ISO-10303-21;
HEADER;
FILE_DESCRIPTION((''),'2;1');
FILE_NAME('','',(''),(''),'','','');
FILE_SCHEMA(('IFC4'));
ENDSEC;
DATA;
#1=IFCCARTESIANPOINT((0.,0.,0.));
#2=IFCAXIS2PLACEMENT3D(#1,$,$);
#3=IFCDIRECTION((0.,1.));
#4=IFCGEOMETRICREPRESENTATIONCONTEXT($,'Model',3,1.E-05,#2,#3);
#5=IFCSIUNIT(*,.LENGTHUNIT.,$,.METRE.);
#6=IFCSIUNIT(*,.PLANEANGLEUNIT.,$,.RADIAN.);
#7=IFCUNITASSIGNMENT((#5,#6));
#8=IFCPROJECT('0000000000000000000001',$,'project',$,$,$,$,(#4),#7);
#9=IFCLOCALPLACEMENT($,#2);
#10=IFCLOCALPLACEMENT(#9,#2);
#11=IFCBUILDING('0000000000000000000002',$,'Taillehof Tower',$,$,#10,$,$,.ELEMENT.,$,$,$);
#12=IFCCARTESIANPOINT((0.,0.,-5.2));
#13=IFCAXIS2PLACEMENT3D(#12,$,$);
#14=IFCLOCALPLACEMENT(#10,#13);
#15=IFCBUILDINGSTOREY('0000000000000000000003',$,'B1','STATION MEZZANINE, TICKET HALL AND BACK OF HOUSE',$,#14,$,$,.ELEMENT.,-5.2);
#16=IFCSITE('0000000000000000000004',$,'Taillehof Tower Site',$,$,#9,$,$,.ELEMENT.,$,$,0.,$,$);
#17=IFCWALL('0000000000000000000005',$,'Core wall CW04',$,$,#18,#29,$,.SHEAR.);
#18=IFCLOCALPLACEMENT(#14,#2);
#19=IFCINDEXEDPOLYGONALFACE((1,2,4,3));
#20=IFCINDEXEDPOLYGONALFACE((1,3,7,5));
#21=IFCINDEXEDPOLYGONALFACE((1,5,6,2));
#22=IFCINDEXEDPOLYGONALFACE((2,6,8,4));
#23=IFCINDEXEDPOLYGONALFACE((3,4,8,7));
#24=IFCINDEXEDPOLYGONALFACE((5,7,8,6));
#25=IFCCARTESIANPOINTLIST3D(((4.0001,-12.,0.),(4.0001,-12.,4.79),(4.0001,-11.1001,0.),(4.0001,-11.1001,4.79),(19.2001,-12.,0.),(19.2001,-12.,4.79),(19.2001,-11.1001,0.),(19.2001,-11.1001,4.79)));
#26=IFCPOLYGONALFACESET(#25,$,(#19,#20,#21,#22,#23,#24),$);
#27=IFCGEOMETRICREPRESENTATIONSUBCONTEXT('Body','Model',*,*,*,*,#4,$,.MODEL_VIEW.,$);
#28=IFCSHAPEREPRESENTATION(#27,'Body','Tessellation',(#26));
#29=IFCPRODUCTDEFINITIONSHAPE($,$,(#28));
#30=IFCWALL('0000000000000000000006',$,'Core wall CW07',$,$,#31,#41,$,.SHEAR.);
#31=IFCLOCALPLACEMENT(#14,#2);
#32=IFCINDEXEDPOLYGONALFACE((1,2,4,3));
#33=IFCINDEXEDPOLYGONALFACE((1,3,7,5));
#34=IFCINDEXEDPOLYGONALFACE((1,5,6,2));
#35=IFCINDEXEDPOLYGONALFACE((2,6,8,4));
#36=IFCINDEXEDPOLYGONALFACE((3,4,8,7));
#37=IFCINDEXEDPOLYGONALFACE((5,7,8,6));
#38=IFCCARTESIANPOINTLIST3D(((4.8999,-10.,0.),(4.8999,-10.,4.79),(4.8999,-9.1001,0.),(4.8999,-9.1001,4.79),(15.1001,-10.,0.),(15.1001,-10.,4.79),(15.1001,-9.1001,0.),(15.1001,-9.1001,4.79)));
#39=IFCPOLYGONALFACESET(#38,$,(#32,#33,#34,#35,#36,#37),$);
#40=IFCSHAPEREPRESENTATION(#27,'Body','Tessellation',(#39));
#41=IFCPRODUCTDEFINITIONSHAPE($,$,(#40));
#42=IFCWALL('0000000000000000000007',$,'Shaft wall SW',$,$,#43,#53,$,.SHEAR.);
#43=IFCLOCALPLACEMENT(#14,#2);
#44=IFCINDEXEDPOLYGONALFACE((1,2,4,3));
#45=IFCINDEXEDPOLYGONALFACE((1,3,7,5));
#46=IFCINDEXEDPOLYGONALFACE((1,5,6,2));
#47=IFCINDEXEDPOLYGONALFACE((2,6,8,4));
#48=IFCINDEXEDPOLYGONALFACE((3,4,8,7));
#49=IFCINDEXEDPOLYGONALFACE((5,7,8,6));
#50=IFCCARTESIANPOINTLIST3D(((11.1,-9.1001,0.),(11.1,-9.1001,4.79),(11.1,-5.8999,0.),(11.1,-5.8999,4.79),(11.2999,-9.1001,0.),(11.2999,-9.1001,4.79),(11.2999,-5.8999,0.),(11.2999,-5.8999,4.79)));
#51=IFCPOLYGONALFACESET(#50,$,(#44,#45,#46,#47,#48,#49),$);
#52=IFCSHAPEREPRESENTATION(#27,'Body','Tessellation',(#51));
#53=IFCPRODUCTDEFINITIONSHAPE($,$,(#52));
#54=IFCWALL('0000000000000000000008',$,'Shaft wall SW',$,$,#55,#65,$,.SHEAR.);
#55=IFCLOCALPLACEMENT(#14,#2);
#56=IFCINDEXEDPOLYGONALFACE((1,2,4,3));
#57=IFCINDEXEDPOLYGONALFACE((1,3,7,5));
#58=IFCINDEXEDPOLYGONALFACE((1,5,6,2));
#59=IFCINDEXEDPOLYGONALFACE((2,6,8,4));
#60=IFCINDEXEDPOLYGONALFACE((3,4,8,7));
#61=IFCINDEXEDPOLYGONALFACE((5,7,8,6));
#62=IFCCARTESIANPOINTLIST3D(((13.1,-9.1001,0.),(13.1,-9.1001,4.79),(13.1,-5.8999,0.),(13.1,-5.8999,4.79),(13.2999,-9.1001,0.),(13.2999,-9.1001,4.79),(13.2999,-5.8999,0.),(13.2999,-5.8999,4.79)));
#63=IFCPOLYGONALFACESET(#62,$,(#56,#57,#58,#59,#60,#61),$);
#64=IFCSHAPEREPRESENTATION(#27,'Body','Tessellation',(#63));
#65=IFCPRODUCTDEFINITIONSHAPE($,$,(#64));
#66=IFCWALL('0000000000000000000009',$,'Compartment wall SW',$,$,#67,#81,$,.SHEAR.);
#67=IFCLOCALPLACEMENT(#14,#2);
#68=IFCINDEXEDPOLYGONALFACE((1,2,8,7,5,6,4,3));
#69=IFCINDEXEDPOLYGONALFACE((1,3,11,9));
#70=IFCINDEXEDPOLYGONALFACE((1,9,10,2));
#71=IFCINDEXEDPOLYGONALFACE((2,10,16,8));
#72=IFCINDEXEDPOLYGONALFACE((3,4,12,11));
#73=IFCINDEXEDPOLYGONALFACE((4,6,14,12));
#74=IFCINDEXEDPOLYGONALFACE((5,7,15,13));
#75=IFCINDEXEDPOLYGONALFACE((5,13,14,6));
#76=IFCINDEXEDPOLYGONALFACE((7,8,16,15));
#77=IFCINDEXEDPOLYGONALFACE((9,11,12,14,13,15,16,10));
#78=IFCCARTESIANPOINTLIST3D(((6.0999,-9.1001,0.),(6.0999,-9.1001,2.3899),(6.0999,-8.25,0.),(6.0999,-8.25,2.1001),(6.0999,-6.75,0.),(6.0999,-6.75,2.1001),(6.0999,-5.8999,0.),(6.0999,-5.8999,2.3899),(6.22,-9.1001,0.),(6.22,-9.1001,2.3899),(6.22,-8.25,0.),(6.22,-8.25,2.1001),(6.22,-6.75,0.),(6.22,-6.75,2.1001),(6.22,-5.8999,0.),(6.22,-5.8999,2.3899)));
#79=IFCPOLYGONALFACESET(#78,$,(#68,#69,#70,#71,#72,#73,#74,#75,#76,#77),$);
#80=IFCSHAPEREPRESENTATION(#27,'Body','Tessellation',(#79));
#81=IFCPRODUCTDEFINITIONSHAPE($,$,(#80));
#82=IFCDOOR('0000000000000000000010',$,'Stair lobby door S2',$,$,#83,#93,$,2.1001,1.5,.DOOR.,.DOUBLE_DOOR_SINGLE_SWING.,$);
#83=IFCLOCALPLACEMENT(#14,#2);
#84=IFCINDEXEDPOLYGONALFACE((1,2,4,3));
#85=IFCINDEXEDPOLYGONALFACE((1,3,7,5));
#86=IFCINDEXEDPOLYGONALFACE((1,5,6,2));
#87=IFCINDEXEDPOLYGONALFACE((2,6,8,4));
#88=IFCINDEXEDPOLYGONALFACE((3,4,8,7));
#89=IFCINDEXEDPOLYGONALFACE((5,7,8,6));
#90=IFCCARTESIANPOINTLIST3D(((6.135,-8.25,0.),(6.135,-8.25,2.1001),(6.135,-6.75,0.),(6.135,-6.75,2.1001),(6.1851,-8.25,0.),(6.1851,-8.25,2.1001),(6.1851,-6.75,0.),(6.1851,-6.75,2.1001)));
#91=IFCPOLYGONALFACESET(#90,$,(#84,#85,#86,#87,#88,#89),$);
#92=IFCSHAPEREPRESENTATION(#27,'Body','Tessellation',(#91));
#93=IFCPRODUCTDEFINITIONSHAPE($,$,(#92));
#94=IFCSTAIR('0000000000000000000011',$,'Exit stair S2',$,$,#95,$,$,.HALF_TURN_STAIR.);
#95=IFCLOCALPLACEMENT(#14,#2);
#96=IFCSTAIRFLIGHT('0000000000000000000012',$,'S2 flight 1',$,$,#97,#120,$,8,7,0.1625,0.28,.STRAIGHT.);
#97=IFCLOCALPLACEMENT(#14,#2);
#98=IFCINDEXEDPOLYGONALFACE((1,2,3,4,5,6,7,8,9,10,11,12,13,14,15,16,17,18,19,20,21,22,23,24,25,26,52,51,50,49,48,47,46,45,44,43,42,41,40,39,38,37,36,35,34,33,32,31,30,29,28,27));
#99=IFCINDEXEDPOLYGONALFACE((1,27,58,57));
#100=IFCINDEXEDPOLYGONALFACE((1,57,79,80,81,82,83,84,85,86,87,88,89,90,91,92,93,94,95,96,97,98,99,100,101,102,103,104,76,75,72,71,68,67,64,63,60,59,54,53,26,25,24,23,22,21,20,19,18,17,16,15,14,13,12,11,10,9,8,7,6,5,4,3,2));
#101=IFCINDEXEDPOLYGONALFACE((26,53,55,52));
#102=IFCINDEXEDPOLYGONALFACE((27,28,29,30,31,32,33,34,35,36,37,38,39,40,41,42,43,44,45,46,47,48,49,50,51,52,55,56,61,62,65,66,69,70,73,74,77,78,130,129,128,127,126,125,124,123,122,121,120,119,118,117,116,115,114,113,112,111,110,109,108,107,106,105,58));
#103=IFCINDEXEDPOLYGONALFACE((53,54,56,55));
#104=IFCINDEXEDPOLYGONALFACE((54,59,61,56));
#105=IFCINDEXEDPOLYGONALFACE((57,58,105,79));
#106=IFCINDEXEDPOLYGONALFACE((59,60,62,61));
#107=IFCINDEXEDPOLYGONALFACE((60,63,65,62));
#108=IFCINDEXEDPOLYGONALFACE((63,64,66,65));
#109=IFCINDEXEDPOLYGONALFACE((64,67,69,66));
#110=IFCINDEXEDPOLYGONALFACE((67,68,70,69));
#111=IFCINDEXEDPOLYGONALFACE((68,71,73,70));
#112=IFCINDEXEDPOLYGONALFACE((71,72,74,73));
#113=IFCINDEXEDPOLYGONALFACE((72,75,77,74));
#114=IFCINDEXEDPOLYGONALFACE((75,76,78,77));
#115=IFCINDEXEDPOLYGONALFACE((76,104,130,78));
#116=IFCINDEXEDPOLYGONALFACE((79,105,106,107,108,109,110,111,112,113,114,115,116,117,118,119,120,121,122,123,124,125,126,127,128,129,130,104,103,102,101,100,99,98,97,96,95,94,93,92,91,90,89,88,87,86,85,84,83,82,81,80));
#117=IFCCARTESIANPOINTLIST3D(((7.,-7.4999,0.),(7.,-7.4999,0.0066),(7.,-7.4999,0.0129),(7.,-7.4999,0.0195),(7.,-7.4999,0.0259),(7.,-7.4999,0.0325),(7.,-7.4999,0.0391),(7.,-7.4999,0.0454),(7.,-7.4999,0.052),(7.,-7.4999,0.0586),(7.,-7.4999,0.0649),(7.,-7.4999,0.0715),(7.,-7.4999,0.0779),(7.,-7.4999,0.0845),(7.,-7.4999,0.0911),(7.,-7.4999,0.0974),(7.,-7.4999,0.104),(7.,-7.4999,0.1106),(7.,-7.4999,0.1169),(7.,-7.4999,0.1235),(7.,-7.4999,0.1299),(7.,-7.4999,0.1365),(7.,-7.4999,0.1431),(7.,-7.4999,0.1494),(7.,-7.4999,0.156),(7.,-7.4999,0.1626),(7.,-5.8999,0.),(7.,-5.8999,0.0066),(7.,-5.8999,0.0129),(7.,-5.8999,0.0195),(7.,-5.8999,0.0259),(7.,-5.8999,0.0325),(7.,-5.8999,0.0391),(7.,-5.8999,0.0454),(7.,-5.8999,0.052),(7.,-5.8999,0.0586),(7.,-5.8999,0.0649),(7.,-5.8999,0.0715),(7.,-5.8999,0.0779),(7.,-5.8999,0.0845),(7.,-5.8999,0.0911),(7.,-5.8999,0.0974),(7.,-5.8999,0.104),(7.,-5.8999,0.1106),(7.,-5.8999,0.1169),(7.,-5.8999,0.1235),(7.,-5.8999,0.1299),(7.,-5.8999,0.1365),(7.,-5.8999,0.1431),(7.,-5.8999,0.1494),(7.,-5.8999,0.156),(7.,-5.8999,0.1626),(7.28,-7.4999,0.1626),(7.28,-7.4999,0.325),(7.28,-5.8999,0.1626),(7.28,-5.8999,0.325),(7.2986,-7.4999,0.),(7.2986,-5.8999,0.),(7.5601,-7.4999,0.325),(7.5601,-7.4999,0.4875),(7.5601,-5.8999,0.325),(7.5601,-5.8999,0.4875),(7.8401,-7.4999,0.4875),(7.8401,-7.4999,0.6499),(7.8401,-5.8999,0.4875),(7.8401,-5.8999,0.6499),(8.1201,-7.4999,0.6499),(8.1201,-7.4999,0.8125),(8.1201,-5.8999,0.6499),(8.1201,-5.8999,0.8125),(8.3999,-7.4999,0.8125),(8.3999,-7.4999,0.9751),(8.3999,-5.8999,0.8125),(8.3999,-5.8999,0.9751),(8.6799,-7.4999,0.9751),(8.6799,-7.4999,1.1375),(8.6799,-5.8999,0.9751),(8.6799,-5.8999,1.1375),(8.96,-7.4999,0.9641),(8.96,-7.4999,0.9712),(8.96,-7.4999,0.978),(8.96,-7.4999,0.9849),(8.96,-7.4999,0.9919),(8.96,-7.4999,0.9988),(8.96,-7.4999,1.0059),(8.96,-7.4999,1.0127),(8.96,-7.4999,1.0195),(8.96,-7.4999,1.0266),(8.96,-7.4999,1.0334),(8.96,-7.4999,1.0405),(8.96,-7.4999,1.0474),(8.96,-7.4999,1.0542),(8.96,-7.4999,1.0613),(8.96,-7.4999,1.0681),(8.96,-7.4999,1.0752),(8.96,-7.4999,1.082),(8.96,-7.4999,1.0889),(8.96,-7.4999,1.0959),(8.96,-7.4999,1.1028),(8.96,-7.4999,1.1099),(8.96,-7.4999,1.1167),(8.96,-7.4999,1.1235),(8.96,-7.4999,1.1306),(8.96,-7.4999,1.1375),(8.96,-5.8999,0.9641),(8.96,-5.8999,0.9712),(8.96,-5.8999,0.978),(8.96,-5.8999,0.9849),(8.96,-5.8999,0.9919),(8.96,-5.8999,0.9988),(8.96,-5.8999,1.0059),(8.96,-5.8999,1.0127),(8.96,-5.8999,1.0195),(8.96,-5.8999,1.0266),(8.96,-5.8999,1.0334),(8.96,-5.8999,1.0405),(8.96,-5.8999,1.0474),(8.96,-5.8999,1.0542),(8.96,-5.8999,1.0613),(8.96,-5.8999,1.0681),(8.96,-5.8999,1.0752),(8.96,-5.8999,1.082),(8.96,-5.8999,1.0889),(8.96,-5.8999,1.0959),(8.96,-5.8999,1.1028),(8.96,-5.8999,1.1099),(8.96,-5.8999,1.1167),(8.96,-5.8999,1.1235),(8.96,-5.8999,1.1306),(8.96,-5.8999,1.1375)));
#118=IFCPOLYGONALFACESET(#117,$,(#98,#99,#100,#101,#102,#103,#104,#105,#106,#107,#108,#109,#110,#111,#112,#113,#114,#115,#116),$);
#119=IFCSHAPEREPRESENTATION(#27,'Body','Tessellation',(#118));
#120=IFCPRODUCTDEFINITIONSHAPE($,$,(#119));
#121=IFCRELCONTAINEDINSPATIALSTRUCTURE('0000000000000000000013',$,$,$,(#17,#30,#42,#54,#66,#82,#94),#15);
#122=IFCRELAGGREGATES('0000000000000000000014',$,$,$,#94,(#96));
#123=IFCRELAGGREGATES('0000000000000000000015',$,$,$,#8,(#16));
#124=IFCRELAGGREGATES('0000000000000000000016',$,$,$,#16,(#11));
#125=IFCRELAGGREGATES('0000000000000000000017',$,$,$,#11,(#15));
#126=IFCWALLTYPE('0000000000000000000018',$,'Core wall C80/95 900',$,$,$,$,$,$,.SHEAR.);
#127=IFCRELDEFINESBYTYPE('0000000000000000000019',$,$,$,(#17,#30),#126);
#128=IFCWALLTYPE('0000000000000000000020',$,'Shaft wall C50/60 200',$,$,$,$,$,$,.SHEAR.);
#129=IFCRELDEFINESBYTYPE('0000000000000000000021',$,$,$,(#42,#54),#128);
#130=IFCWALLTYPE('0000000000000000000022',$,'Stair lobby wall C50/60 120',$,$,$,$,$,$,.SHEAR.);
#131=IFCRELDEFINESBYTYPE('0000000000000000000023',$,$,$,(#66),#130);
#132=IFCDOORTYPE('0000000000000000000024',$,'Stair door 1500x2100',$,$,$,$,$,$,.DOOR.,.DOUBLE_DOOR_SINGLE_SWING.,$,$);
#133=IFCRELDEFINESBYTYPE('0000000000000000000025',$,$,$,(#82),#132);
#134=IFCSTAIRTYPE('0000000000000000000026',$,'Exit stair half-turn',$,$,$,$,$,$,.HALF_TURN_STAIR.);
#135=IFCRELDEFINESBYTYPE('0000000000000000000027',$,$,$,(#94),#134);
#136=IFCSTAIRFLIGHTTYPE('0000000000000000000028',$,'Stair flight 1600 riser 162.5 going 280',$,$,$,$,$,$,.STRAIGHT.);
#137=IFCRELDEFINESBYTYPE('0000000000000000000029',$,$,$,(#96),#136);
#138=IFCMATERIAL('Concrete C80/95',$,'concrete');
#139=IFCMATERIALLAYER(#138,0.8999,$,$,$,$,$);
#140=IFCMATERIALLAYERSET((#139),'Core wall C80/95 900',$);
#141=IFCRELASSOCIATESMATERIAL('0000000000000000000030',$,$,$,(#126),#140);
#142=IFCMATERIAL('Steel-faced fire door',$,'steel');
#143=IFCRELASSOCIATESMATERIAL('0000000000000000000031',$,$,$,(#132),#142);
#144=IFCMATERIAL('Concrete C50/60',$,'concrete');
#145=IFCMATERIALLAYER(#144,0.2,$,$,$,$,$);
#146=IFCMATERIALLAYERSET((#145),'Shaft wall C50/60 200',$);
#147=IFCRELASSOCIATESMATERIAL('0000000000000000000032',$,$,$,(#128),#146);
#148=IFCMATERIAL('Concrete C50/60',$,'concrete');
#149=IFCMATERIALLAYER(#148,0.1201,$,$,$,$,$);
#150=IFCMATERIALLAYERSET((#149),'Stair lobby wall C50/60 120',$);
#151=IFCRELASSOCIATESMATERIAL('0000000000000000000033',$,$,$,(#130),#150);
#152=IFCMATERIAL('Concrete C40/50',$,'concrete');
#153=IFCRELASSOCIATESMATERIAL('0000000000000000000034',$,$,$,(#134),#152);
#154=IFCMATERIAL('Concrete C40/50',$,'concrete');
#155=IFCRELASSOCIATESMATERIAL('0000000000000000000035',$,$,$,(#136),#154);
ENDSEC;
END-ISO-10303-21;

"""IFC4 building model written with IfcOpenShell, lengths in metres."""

from ifc_helpers import new_model, si_unit, direction, frame, frame_2d, origin, place, context, subcontext, project, spatial, polyline, rectangle, outline, extrude, material, layer, layer_set, type_object, element, fill, aggregate, save


model = new_model("IFC4")

# Units and contexts
model_context = context("Model", 3, precision=1e-05, world=origin(), true_north=direction((0.0, 1.0)))
body_context = subcontext(model_context, "Body", "Model", "MODEL_VIEW")
ifc_project = project(units=[si_unit("LENGTHUNIT", "METRE"), si_unit("PLANEANGLEUNIT", "RADIAN")], contexts=[model_context])

# Site, building, storey
site_placement = place(None, origin())
site = spatial("IfcSite", under=ifc_project, at=site_placement, Name="Taillehof Tower Site", CompositionType="ELEMENT", RefElevation=0.0)
building_placement = place(site_placement, origin())
building = spatial("IfcBuilding", under=site, at=building_placement, Name="Taillehof Tower", CompositionType="ELEMENT")
storey_placement = place(building_placement, frame((0.0, 0.0, -5.2)))
storey = spatial("IfcBuildingStorey", under=building, at=storey_placement, Name="B1", Description="STATION MEZZANINE, TICKET HALL AND BACK OF HOUSE", CompositionType="ELEMENT", Elevation=-5.2)

# Shared definitions
ifc_material_1 = material(Name="Concrete C80/95", Category="concrete")
ifc_layer_1 = layer(ifc_material_1, 0.8999)
ifc_layer_set_1 = layer_set([ifc_layer_1], Name="Core wall C80/95 900")
wall_type_1 = type_object("IfcWallType", Name="Core wall C80/95 900", PredefinedType="SHEAR", material=ifc_layer_set_1)
ifc_material_2 = material(Name="Steel-faced fire door", Category="steel")
door_type_1 = type_object("IfcDoorType", Name="Stair door 1500x2100", OperationType="DOUBLE_DOOR_SINGLE_SWING", PredefinedType="DOOR", material=ifc_material_2)

# Walls
wall_1_placement = place(storey_placement, frame((4.0, -11.55, 0.0), z_axis=(0.0, 0.0, 1.0), x_axis=(1.0, 0.0, 0.0)))
element("IfcWall", 1, at=wall_1_placement, inside=storey, type_object=wall_type_1, Name="Core wall CW04", PredefinedType="SHEAR", context=body_context, shape_type="SweptSolid", body=[
    extrude(rectangle(XDim=15.2, YDim=0.8999, at=frame_2d((7.6001, 0.0))), origin(), (0.0, 0.0, 1.0), 4.79),
])
wall_2_placement = place(storey_placement, frame((4.8999, -9.55, 0.0), z_axis=(0.0, 0.0, 1.0), x_axis=(1.0, 0.0, 0.0)))
element("IfcWall", 2, at=wall_2_placement, inside=storey, type_object=wall_type_1, Name="Core wall CW07", PredefinedType="SHEAR", context=body_context, shape_type="SweptSolid", body=[
    extrude(rectangle(XDim=10.2002, YDim=0.8999, at=frame_2d((5.1001, 0.0))), origin(), (0.0, 0.0, 1.0), 4.79),
])
ifc_material_3 = material(Name="Concrete C50/60", Category="concrete")
ifc_layer_2 = layer(ifc_material_3, 0.2)
ifc_layer_set_2 = layer_set([ifc_layer_2], Name="Shaft wall C50/60 200")
wall_type_2 = type_object("IfcWallType", Name="Shaft wall C50/60 200", PredefinedType="SHEAR", material=ifc_layer_set_2)
for number, where, z_axis, x_axis, name in (
    (3, (11.2, -9.1001, 0.0), (0.0, 0.0, 1.0), (0.0, 1.0, 0.0), "Shaft wall SW"),
    (4, (13.2, -9.1001, 0.0), (0.0, 0.0, 1.0), (0.0, 1.0, 0.0), "Shaft wall SW"),
):
    element("IfcWall", number, at=place(storey_placement, frame(where, z_axis=z_axis, x_axis=x_axis)), inside=storey, type_object=wall_type_2, Name=name, PredefinedType="SHEAR", context=body_context, shape_type="SweptSolid", body=[
        extrude(rectangle(XDim=3.2002, YDim=0.2, at=frame_2d((1.6001, 0.0))), origin(), (0.0, 0.0, 1.0), 4.79),
    ])

# Wall, opening, door
ifc_material_4 = material(Name="Concrete C50/60", Category="concrete")
ifc_layer_3 = layer(ifc_material_4, 0.1201)
ifc_layer_set_3 = layer_set([ifc_layer_3], Name="Stair lobby wall C50/60 120")
wall_type_3 = type_object("IfcWallType", Name="Stair lobby wall C50/60 120", PredefinedType="SHEAR", material=ifc_layer_set_3)
wall_3_placement = place(storey_placement, frame((6.1599, -9.1001, 0.0), z_axis=(0.0, 0.0, 1.0), x_axis=(0.0, 1.0, 0.0)))
wall_3 = element("IfcWall", 5, at=wall_3_placement, inside=storey, type_object=wall_type_3, Name="Compartment wall SW", PredefinedType="SHEAR", context=body_context, shape_type="SweptSolid", body=[
    extrude(rectangle(XDim=3.2002, YDim=0.1201, at=frame_2d((1.6001, 0.0))), origin(), (0.0, 0.0, 1.0), 2.3899),
])
opening_1_placement = place(wall_3_placement, frame((0.8501, 0.0, 0.0)))
opening_1 = element("IfcOpeningElement", 6, at=opening_1_placement, cuts=wall_3, PredefinedType="OPENING", context=body_context, shape_type="SweptSolid", body=[
    extrude(rectangle(XDim=1.5, YDim=2.1001, at=frame_2d((0.75, 1.05))), frame((0.0, 0.0701, 0.0), z_axis=(0.0, -1.0, 0.0), x_axis=(1.0, 0.0, 0.0)), (0.0, 0.0, 1.0), 0.1401),
])
door_1_placement = place(opening_1_placement, origin())
door_1 = element("IfcDoor", 7, at=door_1_placement, inside=storey, type_object=door_type_1, Name="Stair lobby door S2", OperationType="DOUBLE_DOOR_SINGLE_SWING", OverallHeight=2.1001, OverallWidth=1.5, PredefinedType="DOOR", context=body_context, shape_type="SweptSolid", body=[
    extrude(rectangle(XDim=1.5, YDim=2.1001, at=frame_2d((0.75, 1.05))), frame((0.0, 0.0249, 0.0), z_axis=(0.0, -1.0, 0.0), x_axis=(1.0, 0.0, 0.0)), (0.0, 0.0, 1.0), 0.05),
])
fill(opening_1, door_1)

# Stair, stair flight
ifc_material_5 = material(Name="Concrete C40/50", Category="concrete")
stair_type = type_object("IfcStairType", Name="Exit stair half-turn", PredefinedType="HALF_TURN_STAIR", material=ifc_material_5)
stair_placement = place(storey_placement, origin())
stair = element("IfcStair", 8, at=stair_placement, inside=storey, type_object=stair_type, Name="Exit stair S2", PredefinedType="HALF_TURN_STAIR")
ifc_material_6 = material(Name="Concrete C40/50", Category="concrete")
stair_flight_type = type_object("IfcStairFlightType", Name="Stair flight 1600 riser 162.5 going 280", PredefinedType="STRAIGHT", material=ifc_material_6)
stair_flight_1_placement = place(storey_placement, frame((7.0, -6.7, 0.0), z_axis=(0.0, 0.0, 1.0), x_axis=(1.0, 0.0, 0.0)))
stair_flight_1 = element("IfcStairFlight", 9, at=stair_flight_1_placement, type_object=stair_flight_type, Name="S2 flight 1", NumberOfRisers=8, NumberOfTreads=7, PredefinedType="STRAIGHT", RiserHeight=0.1625, TreadLength=0.28, context=body_context, shape_type="SweptSolid", body=[
    extrude(outline(polyline([(0.0, 0.0), (0.0, 0.0066), (0.0, 0.0129), (0.0, 0.0195), (0.0, 0.0259), (0.0, 0.0325), (0.0, 0.0391), (0.0, 0.0454), (0.0, 0.052), (0.0, 0.0586), (0.0, 0.0649), (0.0, 0.0715), (0.0, 0.0779), (0.0, 0.0845), (0.0, 0.0911), (0.0, 0.0974), (0.0, 0.104), (0.0, 0.1106), (0.0, 0.1169), (0.0, 0.1235), (0.0, 0.1299), (0.0, 0.1365), (0.0, 0.1431), (0.0, 0.1494), (0.0, 0.156), (0.0, 0.1626), (0.28, 0.1626), (0.28, 0.325), (0.5601, 0.325), (0.5601, 0.4875), (0.8401, 0.4875), (0.8401, 0.6499), (1.1201, 0.6499), (1.1201, 0.8125), (1.3999, 0.8125), (1.3999, 0.9751), (1.6799, 0.9751), (1.6799, 1.1375), (1.96, 1.1375), (1.96, 1.1306), (1.96, 1.1235), (1.96, 1.1167), (1.96, 1.1099), (1.96, 1.1028), (1.96, 1.0959), (1.96, 1.0889), (1.96, 1.082), (1.96, 1.0752), (1.96, 1.0681), (1.96, 1.0613), (1.96, 1.0542), (1.96, 1.0474), (1.96, 1.0405), (1.96, 1.0334), (1.96, 1.0266), (1.96, 1.0195), (1.96, 1.0127), (1.96, 1.0059), (1.96, 0.9988), (1.96, 0.9919), (1.96, 0.9849), (1.96, 0.978), (1.96, 0.9712), (1.96, 0.9641), (0.2986, 0.0), (0.0, 0.0)])), frame((0.0, 0.8, 0.0), z_axis=(0.0, -1.0, 0.0), x_axis=(1.0, 0.0, 0.0)), (0.0, 0.0, 1.0), 1.6),
])
aggregate(stair, [stair_flight_1])

save(model, "model.ifc")
